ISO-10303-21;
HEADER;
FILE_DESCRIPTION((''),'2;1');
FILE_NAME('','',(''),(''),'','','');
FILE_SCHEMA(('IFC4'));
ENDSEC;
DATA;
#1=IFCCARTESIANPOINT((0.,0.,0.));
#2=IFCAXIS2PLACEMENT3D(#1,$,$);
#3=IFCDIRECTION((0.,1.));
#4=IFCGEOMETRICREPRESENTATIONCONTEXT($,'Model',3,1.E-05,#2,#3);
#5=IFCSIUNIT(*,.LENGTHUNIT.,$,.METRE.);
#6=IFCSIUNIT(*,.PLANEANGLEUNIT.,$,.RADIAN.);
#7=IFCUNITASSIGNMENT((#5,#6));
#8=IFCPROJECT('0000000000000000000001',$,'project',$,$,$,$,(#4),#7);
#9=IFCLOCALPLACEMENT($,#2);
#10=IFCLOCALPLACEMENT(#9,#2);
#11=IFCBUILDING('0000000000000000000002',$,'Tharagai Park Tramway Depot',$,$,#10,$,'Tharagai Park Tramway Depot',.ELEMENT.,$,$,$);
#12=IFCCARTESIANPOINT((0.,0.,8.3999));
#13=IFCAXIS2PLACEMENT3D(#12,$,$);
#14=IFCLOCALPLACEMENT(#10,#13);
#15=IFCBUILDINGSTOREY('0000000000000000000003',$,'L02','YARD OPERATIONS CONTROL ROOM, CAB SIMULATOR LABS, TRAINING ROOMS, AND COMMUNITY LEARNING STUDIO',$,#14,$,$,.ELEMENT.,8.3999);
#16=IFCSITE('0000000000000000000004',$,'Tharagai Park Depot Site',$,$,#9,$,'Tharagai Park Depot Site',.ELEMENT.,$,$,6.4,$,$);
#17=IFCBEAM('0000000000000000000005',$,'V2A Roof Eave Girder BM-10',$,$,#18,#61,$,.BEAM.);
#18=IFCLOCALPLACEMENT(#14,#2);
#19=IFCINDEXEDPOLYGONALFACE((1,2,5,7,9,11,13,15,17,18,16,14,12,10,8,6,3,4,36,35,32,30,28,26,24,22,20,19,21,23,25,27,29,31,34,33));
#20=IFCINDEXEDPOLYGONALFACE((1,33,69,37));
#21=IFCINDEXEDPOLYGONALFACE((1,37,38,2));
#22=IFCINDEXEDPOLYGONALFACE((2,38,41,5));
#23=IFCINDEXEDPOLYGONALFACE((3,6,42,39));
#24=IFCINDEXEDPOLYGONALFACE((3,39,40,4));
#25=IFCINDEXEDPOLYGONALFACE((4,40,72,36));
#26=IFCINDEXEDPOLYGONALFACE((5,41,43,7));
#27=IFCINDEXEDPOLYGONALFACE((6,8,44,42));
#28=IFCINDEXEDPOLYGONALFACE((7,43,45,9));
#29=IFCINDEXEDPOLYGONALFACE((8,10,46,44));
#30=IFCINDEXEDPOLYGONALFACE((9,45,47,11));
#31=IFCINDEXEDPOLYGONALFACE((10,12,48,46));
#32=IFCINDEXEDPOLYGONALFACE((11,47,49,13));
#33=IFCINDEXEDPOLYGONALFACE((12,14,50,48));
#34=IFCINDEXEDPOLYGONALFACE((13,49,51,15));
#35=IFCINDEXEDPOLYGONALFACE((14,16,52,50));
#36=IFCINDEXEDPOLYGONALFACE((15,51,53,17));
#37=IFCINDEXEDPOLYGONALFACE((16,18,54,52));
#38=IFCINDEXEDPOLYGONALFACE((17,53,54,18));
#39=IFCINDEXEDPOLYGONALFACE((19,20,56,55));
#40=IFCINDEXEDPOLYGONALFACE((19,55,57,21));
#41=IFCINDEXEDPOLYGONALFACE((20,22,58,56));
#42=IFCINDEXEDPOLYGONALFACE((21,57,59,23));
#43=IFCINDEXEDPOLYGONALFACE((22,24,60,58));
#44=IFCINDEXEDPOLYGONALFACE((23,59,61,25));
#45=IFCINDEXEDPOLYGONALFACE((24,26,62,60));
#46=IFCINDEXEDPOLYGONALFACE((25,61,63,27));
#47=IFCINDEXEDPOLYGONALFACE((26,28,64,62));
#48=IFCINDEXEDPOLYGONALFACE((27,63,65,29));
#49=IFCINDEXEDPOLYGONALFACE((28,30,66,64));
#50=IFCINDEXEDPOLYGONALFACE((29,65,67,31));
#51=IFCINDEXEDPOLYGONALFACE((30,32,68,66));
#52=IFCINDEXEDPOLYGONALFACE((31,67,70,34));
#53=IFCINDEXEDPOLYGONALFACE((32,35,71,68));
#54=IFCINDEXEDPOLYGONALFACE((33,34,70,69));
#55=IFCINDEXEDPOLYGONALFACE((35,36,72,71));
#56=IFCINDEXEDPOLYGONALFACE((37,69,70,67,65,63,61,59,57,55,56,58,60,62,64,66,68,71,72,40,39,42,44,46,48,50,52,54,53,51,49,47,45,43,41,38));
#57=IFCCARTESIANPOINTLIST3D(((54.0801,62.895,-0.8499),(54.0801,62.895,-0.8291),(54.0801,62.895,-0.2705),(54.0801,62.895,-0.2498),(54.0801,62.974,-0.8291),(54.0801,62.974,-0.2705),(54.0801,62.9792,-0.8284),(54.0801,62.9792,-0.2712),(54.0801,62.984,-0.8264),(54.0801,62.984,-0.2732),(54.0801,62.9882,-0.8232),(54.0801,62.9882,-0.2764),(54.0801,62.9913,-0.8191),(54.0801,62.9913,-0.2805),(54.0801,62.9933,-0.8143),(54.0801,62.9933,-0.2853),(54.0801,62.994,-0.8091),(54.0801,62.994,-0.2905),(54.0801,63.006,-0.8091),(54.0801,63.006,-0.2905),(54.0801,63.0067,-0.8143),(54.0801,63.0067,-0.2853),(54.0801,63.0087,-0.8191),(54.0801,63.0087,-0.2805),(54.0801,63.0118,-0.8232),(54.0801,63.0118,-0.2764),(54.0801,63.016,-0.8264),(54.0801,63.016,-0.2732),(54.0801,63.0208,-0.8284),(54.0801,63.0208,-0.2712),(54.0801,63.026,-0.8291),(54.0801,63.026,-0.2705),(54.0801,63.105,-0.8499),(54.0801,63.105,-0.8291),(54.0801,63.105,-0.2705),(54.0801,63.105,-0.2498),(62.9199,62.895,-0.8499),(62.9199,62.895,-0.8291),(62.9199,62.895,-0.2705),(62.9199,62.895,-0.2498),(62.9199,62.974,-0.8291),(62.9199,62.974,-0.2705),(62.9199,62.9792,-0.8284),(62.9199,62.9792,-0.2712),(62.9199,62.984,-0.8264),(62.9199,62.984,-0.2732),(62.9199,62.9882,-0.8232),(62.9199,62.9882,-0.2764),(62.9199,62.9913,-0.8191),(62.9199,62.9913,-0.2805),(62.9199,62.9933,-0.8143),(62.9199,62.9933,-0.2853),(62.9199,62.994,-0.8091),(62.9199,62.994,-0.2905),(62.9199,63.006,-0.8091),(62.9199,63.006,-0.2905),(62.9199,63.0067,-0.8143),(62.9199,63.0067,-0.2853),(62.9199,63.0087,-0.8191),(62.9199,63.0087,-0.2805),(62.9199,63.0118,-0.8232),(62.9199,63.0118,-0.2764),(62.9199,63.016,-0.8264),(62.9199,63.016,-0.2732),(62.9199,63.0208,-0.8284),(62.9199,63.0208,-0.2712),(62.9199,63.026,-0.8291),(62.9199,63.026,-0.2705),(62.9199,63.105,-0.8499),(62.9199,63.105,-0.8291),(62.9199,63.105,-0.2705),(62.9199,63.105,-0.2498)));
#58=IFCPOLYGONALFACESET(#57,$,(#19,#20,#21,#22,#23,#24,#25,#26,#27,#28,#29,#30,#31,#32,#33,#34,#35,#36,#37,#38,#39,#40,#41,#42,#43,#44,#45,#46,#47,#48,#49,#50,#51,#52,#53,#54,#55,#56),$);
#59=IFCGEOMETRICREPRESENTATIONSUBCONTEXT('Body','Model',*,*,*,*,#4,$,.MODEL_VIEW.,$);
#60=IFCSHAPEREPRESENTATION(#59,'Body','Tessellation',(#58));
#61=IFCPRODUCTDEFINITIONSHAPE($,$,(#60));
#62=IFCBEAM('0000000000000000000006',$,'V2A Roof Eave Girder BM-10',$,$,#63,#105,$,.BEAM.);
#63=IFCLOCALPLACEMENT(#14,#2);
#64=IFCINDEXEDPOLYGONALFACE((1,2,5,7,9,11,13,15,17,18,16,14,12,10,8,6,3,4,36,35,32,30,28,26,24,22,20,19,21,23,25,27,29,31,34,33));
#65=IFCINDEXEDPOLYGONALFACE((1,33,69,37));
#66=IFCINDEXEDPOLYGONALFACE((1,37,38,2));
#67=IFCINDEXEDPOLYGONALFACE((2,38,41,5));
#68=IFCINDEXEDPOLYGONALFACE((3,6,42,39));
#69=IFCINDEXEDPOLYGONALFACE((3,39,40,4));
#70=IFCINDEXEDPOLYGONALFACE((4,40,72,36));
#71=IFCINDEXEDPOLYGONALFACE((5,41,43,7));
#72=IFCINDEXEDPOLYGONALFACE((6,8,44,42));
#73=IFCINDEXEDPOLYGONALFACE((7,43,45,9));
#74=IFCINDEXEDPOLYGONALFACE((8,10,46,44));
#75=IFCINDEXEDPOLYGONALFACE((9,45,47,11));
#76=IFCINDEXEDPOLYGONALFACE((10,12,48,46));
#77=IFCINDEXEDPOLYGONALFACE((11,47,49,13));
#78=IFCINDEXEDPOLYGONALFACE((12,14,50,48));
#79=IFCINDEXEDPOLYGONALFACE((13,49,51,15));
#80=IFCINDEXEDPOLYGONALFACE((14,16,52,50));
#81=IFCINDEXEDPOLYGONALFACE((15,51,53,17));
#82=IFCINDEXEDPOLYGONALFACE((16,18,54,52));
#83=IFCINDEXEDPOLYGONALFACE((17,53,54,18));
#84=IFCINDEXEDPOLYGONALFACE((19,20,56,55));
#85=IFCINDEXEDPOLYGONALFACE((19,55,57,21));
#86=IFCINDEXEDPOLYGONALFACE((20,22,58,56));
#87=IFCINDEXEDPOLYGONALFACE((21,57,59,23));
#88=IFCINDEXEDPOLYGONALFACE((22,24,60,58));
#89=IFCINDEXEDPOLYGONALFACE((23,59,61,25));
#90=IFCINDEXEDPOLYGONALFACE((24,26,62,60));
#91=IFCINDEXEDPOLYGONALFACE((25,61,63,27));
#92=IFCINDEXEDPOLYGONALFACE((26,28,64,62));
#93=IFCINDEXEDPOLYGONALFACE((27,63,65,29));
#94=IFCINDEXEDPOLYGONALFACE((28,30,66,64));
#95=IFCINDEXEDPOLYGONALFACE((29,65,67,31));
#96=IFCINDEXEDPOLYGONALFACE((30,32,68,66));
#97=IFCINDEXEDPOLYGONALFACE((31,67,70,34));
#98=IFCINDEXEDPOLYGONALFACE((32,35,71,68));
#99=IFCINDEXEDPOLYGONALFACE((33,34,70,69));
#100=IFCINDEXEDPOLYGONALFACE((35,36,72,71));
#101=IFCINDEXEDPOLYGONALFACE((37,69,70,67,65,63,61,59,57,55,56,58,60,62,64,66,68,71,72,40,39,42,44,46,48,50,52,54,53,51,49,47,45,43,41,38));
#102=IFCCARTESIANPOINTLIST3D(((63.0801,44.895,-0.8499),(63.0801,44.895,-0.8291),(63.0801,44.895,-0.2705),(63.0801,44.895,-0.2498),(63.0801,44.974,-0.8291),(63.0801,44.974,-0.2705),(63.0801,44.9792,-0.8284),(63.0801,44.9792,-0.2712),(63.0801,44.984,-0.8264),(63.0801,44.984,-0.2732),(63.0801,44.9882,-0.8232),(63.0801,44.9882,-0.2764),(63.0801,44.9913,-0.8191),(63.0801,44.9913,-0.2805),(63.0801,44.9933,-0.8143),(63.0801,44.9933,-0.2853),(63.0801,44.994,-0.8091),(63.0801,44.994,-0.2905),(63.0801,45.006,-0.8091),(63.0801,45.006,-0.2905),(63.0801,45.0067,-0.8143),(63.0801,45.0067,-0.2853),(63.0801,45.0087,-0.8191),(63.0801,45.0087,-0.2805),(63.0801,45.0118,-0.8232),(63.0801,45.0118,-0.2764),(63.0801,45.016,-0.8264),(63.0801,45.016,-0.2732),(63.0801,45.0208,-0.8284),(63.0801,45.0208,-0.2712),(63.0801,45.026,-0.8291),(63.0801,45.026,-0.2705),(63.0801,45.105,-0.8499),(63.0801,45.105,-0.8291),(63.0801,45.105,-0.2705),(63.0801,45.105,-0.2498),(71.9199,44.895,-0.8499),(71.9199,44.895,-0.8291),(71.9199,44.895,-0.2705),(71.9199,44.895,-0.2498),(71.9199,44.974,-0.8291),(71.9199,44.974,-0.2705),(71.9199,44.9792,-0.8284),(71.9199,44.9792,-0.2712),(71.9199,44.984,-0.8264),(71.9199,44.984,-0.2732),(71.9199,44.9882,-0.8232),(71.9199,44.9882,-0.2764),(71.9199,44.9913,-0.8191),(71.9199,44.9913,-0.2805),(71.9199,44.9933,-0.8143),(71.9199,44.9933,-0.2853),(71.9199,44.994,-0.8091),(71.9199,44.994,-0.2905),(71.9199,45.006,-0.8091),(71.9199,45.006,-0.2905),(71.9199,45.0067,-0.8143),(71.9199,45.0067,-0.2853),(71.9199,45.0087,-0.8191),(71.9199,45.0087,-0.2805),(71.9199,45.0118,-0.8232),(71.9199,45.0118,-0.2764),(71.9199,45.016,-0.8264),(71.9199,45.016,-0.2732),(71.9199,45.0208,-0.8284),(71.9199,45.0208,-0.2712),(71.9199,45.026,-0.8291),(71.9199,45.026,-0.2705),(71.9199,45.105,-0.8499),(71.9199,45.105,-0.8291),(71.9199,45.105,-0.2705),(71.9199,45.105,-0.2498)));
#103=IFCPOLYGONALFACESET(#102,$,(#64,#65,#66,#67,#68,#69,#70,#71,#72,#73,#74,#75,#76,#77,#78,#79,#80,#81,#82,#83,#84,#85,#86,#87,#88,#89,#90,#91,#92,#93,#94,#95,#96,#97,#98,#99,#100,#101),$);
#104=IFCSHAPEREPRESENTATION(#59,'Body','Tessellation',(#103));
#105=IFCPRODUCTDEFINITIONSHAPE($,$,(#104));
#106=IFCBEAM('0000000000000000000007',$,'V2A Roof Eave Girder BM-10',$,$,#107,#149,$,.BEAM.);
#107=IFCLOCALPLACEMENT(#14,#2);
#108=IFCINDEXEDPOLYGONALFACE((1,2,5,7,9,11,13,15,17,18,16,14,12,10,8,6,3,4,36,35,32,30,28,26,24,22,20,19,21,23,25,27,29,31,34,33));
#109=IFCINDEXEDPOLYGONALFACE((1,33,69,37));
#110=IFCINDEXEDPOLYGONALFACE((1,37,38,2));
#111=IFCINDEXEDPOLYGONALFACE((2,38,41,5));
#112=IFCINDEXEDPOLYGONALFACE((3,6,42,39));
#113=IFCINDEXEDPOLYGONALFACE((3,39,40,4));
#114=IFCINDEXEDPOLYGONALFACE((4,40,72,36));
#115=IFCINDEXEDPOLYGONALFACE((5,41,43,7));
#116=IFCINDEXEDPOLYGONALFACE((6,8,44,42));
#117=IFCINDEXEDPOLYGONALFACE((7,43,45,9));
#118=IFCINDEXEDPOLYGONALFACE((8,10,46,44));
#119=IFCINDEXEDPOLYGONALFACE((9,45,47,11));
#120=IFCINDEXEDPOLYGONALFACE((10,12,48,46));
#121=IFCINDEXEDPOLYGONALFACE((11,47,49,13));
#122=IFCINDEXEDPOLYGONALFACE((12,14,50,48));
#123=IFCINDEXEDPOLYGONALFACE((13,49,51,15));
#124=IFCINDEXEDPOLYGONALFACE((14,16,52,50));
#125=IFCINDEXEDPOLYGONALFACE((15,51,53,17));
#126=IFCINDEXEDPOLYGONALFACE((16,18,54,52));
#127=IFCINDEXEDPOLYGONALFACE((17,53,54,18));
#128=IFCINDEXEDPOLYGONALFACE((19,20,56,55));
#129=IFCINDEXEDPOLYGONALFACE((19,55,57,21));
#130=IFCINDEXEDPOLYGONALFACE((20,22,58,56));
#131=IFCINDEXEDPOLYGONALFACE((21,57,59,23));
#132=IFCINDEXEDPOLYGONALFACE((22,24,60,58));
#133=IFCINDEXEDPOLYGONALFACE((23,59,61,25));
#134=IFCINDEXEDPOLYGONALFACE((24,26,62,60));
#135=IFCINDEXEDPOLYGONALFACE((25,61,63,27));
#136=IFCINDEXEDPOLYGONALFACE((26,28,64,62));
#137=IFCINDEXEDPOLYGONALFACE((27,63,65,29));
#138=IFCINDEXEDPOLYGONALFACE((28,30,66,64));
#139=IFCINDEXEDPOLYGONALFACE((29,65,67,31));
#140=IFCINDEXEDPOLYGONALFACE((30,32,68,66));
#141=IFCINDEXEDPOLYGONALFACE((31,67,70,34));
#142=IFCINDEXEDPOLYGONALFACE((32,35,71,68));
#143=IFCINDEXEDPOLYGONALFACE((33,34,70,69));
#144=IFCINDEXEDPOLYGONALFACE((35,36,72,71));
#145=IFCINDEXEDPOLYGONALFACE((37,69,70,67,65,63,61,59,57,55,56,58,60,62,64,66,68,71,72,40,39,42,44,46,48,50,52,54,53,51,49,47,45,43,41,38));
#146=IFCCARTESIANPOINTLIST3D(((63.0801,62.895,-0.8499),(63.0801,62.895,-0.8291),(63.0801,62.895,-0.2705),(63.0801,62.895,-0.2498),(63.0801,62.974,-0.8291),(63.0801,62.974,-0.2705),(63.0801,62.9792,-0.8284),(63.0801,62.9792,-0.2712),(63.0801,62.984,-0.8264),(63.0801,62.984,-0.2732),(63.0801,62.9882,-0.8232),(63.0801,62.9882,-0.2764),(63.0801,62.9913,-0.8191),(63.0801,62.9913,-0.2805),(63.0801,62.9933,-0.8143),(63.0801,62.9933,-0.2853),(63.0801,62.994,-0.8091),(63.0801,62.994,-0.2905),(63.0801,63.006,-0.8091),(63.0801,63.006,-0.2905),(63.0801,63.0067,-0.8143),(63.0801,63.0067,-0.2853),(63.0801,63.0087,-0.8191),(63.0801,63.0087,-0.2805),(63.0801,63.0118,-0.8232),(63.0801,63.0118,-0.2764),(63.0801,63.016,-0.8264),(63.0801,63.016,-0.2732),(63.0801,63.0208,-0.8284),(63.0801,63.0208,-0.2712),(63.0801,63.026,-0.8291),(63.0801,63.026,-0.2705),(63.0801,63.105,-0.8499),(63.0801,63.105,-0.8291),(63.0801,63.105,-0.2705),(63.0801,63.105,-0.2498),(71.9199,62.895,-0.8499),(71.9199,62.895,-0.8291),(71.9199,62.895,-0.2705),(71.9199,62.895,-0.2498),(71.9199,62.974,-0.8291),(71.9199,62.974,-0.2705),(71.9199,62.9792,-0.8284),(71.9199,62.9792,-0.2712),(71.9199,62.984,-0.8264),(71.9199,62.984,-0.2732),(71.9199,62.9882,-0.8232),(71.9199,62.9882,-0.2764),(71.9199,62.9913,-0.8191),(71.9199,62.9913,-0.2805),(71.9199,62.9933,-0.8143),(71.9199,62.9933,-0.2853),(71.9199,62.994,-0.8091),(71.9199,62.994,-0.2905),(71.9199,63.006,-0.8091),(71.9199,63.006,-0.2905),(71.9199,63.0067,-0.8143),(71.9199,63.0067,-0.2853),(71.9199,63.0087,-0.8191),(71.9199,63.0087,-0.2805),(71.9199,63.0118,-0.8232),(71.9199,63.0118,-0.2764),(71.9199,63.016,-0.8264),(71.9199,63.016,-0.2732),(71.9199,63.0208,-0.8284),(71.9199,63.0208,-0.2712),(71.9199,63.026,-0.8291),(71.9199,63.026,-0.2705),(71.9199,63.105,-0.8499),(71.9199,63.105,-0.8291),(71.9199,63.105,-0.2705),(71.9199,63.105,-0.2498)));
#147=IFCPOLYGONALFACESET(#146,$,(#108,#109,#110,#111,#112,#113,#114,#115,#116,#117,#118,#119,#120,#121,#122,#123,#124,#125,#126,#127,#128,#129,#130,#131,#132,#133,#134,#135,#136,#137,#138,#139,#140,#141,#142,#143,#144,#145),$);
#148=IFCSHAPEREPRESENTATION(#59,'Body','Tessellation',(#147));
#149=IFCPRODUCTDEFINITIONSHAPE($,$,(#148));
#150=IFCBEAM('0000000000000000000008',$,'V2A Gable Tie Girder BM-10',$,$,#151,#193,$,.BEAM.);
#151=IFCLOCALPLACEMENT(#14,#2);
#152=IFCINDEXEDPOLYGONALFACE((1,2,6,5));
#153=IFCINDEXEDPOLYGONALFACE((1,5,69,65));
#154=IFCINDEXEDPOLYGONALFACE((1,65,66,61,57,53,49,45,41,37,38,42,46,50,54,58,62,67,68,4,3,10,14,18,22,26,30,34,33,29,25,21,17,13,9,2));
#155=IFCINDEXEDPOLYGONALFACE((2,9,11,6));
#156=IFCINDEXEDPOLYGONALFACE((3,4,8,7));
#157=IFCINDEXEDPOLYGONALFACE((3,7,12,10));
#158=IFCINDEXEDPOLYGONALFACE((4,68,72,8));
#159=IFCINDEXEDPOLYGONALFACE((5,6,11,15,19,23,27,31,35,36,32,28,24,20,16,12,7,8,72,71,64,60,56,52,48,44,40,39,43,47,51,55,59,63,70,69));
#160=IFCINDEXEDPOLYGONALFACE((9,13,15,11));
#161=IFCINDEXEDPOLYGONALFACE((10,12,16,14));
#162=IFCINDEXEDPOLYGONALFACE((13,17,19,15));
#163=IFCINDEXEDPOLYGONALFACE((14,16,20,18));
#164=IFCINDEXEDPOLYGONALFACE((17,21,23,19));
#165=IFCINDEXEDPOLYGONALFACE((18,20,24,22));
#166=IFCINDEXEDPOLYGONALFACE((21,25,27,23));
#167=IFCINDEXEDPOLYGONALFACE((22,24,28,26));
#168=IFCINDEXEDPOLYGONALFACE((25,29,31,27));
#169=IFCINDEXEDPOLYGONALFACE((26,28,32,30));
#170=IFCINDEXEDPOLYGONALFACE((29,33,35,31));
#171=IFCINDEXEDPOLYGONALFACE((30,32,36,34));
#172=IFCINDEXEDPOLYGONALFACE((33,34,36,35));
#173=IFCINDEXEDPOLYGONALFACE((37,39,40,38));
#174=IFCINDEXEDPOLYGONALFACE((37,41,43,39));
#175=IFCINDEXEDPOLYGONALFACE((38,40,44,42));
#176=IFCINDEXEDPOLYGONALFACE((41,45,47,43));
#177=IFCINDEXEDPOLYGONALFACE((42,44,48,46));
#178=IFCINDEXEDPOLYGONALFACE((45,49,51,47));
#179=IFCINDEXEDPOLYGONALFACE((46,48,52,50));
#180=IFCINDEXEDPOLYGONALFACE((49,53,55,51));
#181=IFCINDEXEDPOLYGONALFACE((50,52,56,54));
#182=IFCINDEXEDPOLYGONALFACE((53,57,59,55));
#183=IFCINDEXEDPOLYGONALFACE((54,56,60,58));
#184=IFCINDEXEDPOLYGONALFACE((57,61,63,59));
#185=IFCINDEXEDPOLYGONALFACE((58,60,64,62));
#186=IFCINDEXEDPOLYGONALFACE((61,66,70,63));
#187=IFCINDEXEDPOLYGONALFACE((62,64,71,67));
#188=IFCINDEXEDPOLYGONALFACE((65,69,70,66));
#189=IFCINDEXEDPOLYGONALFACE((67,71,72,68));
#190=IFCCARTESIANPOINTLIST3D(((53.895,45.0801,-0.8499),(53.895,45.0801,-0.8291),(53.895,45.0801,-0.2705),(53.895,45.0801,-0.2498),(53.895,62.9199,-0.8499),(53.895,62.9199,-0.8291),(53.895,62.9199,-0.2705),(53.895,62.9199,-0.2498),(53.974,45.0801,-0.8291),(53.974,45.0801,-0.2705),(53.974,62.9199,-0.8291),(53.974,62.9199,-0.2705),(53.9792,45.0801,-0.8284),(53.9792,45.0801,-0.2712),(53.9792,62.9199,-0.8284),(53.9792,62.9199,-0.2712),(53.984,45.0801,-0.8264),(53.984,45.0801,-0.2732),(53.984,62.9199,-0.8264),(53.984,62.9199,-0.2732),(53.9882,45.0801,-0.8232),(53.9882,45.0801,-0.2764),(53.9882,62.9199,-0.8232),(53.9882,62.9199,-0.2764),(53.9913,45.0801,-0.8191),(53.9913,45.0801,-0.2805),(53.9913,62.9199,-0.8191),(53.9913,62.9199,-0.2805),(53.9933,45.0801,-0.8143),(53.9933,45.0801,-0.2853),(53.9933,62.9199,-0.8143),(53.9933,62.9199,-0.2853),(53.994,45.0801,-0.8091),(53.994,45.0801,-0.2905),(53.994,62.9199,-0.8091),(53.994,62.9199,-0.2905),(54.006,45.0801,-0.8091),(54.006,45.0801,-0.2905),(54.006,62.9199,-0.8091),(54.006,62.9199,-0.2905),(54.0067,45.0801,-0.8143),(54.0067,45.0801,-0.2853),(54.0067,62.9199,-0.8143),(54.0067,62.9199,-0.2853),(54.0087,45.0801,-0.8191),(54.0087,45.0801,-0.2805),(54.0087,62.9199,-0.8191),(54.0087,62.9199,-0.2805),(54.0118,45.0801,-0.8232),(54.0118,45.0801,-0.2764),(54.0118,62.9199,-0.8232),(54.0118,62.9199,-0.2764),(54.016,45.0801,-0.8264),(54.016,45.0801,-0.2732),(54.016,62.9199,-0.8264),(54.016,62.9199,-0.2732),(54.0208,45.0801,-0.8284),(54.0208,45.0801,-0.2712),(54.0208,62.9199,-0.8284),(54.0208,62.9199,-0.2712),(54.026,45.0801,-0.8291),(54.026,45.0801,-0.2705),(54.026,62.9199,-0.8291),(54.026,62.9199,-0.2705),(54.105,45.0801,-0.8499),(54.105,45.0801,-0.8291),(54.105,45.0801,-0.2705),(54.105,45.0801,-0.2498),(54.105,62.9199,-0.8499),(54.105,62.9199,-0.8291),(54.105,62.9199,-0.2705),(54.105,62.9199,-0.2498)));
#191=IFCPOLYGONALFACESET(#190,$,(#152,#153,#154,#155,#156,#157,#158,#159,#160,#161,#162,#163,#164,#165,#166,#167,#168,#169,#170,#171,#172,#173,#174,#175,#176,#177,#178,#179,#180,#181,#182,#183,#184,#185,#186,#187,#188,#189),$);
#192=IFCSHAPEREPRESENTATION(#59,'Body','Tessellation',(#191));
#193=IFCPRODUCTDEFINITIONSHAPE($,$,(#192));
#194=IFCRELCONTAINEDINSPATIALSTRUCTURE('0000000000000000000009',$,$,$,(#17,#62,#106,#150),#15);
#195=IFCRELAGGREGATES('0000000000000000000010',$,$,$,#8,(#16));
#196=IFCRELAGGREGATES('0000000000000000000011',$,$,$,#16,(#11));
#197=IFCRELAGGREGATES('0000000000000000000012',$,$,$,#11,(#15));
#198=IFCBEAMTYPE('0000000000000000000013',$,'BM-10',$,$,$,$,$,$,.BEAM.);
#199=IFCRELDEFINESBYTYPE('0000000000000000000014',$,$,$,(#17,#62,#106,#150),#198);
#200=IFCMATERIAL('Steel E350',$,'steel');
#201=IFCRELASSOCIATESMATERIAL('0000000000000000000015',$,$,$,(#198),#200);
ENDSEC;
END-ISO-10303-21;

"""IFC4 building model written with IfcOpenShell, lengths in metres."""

from ifc_helpers import new_model, si_unit, direction, frame, origin, origin_2d, place, context, subcontext, project, spatial, i_section, extrude, material, material_profile, profile_set, type_object, element, save


model = new_model("IFC4")

# Units and contexts
model_context = context("Model", 3, precision=1e-05, world=origin(), true_north=direction((0.0, 1.0)))
body_context = subcontext(model_context, "Body", "Model", "MODEL_VIEW")
ifc_project = project(units=[si_unit("LENGTHUNIT", "METRE"), si_unit("PLANEANGLEUNIT", "RADIAN")], contexts=[model_context])

# Site, building, storey
site_placement = place(None, origin())
site = spatial("IfcSite", under=ifc_project, at=site_placement, Name="Tharagai Park Depot Site", LongName="Tharagai Park Depot Site", CompositionType="ELEMENT", RefElevation=6.4)
building_placement = place(site_placement, origin())
building = spatial("IfcBuilding", under=site, at=building_placement, Name="Tharagai Park Tramway Depot", LongName="Tharagai Park Tramway Depot", CompositionType="ELEMENT")
storey_placement = place(building_placement, frame((0.0, 0.0, 8.3999)))
storey = spatial("IfcBuildingStorey", under=building, at=storey_placement, Name="L02", Description="YARD OPERATIONS CONTROL ROOM, CAB SIMULATOR LABS, TRAINING ROOMS, AND COMMUNITY LEARNING STUDIO", CompositionType="ELEMENT", Elevation=8.3999)

# Beams
ifc_material_1 = material(Name="Steel E350", Category="steel")
ifc_material_profile_1 = material_profile(ifc_material_1, i_section(OverallWidth=0.21, OverallDepth=0.6001, WebThickness=0.012, FlangeThickness=0.0208, FilletRadius=0.02, at=origin_2d()), Name="ISMB 600")
ifc_profile_set_1 = profile_set([ifc_material_profile_1], Name="Steel E350")
beam_type_1 = type_object("IfcBeamType", Name="BM-10", PredefinedType="BEAM", material=ifc_profile_set_1)
for number, where, z_axis, x_axis, name in (
    (1, (54.0801, 63.0, -0.5498), (1.0, 0.0, 0.0), (0.0, 1.0, 0.0), "V2A Roof Eave Girder BM-10"),
    (2, (63.0801, 45.0, -0.5498), (1.0, 0.0, 0.0), (0.0, 1.0, 0.0), "V2A Roof Eave Girder BM-10"),
    (3, (63.0801, 63.0, -0.5498), (1.0, 0.0, 0.0), (0.0, 1.0, 0.0), "V2A Roof Eave Girder BM-10"),
):
    element("IfcBeam", number, at=place(storey_placement, frame(where, z_axis=z_axis, x_axis=x_axis)), inside=storey, type_object=beam_type_1, Name=name, PredefinedType="BEAM", context=body_context, shape_type="SweptSolid", body=[
        extrude(i_section(OverallWidth=0.21, OverallDepth=0.6001, WebThickness=0.012, FlangeThickness=0.0208, FilletRadius=0.02, at=origin_2d()), origin(), (0.0, 0.0, 1.0), 8.8398),
    ])
for number, where, z_axis, x_axis, name in (
    (4, (54.0, 45.0801, -0.5498), (0.0, 1.0, 0.0), (-1.0, 0.0, 0.0), "V2A Gable Tie Girder BM-10"),
):
    element("IfcBeam", number, at=place(storey_placement, frame(where, z_axis=z_axis, x_axis=x_axis)), inside=storey, type_object=beam_type_1, Name=name, PredefinedType="BEAM", context=body_context, shape_type="SweptSolid", body=[
        extrude(i_section(OverallWidth=0.21, OverallDepth=0.6001, WebThickness=0.012, FlangeThickness=0.0208, FilletRadius=0.02, at=origin_2d()), origin(), (0.0, 0.0, 1.0), 17.8398),
    ])

save(model, "model.ifc")
